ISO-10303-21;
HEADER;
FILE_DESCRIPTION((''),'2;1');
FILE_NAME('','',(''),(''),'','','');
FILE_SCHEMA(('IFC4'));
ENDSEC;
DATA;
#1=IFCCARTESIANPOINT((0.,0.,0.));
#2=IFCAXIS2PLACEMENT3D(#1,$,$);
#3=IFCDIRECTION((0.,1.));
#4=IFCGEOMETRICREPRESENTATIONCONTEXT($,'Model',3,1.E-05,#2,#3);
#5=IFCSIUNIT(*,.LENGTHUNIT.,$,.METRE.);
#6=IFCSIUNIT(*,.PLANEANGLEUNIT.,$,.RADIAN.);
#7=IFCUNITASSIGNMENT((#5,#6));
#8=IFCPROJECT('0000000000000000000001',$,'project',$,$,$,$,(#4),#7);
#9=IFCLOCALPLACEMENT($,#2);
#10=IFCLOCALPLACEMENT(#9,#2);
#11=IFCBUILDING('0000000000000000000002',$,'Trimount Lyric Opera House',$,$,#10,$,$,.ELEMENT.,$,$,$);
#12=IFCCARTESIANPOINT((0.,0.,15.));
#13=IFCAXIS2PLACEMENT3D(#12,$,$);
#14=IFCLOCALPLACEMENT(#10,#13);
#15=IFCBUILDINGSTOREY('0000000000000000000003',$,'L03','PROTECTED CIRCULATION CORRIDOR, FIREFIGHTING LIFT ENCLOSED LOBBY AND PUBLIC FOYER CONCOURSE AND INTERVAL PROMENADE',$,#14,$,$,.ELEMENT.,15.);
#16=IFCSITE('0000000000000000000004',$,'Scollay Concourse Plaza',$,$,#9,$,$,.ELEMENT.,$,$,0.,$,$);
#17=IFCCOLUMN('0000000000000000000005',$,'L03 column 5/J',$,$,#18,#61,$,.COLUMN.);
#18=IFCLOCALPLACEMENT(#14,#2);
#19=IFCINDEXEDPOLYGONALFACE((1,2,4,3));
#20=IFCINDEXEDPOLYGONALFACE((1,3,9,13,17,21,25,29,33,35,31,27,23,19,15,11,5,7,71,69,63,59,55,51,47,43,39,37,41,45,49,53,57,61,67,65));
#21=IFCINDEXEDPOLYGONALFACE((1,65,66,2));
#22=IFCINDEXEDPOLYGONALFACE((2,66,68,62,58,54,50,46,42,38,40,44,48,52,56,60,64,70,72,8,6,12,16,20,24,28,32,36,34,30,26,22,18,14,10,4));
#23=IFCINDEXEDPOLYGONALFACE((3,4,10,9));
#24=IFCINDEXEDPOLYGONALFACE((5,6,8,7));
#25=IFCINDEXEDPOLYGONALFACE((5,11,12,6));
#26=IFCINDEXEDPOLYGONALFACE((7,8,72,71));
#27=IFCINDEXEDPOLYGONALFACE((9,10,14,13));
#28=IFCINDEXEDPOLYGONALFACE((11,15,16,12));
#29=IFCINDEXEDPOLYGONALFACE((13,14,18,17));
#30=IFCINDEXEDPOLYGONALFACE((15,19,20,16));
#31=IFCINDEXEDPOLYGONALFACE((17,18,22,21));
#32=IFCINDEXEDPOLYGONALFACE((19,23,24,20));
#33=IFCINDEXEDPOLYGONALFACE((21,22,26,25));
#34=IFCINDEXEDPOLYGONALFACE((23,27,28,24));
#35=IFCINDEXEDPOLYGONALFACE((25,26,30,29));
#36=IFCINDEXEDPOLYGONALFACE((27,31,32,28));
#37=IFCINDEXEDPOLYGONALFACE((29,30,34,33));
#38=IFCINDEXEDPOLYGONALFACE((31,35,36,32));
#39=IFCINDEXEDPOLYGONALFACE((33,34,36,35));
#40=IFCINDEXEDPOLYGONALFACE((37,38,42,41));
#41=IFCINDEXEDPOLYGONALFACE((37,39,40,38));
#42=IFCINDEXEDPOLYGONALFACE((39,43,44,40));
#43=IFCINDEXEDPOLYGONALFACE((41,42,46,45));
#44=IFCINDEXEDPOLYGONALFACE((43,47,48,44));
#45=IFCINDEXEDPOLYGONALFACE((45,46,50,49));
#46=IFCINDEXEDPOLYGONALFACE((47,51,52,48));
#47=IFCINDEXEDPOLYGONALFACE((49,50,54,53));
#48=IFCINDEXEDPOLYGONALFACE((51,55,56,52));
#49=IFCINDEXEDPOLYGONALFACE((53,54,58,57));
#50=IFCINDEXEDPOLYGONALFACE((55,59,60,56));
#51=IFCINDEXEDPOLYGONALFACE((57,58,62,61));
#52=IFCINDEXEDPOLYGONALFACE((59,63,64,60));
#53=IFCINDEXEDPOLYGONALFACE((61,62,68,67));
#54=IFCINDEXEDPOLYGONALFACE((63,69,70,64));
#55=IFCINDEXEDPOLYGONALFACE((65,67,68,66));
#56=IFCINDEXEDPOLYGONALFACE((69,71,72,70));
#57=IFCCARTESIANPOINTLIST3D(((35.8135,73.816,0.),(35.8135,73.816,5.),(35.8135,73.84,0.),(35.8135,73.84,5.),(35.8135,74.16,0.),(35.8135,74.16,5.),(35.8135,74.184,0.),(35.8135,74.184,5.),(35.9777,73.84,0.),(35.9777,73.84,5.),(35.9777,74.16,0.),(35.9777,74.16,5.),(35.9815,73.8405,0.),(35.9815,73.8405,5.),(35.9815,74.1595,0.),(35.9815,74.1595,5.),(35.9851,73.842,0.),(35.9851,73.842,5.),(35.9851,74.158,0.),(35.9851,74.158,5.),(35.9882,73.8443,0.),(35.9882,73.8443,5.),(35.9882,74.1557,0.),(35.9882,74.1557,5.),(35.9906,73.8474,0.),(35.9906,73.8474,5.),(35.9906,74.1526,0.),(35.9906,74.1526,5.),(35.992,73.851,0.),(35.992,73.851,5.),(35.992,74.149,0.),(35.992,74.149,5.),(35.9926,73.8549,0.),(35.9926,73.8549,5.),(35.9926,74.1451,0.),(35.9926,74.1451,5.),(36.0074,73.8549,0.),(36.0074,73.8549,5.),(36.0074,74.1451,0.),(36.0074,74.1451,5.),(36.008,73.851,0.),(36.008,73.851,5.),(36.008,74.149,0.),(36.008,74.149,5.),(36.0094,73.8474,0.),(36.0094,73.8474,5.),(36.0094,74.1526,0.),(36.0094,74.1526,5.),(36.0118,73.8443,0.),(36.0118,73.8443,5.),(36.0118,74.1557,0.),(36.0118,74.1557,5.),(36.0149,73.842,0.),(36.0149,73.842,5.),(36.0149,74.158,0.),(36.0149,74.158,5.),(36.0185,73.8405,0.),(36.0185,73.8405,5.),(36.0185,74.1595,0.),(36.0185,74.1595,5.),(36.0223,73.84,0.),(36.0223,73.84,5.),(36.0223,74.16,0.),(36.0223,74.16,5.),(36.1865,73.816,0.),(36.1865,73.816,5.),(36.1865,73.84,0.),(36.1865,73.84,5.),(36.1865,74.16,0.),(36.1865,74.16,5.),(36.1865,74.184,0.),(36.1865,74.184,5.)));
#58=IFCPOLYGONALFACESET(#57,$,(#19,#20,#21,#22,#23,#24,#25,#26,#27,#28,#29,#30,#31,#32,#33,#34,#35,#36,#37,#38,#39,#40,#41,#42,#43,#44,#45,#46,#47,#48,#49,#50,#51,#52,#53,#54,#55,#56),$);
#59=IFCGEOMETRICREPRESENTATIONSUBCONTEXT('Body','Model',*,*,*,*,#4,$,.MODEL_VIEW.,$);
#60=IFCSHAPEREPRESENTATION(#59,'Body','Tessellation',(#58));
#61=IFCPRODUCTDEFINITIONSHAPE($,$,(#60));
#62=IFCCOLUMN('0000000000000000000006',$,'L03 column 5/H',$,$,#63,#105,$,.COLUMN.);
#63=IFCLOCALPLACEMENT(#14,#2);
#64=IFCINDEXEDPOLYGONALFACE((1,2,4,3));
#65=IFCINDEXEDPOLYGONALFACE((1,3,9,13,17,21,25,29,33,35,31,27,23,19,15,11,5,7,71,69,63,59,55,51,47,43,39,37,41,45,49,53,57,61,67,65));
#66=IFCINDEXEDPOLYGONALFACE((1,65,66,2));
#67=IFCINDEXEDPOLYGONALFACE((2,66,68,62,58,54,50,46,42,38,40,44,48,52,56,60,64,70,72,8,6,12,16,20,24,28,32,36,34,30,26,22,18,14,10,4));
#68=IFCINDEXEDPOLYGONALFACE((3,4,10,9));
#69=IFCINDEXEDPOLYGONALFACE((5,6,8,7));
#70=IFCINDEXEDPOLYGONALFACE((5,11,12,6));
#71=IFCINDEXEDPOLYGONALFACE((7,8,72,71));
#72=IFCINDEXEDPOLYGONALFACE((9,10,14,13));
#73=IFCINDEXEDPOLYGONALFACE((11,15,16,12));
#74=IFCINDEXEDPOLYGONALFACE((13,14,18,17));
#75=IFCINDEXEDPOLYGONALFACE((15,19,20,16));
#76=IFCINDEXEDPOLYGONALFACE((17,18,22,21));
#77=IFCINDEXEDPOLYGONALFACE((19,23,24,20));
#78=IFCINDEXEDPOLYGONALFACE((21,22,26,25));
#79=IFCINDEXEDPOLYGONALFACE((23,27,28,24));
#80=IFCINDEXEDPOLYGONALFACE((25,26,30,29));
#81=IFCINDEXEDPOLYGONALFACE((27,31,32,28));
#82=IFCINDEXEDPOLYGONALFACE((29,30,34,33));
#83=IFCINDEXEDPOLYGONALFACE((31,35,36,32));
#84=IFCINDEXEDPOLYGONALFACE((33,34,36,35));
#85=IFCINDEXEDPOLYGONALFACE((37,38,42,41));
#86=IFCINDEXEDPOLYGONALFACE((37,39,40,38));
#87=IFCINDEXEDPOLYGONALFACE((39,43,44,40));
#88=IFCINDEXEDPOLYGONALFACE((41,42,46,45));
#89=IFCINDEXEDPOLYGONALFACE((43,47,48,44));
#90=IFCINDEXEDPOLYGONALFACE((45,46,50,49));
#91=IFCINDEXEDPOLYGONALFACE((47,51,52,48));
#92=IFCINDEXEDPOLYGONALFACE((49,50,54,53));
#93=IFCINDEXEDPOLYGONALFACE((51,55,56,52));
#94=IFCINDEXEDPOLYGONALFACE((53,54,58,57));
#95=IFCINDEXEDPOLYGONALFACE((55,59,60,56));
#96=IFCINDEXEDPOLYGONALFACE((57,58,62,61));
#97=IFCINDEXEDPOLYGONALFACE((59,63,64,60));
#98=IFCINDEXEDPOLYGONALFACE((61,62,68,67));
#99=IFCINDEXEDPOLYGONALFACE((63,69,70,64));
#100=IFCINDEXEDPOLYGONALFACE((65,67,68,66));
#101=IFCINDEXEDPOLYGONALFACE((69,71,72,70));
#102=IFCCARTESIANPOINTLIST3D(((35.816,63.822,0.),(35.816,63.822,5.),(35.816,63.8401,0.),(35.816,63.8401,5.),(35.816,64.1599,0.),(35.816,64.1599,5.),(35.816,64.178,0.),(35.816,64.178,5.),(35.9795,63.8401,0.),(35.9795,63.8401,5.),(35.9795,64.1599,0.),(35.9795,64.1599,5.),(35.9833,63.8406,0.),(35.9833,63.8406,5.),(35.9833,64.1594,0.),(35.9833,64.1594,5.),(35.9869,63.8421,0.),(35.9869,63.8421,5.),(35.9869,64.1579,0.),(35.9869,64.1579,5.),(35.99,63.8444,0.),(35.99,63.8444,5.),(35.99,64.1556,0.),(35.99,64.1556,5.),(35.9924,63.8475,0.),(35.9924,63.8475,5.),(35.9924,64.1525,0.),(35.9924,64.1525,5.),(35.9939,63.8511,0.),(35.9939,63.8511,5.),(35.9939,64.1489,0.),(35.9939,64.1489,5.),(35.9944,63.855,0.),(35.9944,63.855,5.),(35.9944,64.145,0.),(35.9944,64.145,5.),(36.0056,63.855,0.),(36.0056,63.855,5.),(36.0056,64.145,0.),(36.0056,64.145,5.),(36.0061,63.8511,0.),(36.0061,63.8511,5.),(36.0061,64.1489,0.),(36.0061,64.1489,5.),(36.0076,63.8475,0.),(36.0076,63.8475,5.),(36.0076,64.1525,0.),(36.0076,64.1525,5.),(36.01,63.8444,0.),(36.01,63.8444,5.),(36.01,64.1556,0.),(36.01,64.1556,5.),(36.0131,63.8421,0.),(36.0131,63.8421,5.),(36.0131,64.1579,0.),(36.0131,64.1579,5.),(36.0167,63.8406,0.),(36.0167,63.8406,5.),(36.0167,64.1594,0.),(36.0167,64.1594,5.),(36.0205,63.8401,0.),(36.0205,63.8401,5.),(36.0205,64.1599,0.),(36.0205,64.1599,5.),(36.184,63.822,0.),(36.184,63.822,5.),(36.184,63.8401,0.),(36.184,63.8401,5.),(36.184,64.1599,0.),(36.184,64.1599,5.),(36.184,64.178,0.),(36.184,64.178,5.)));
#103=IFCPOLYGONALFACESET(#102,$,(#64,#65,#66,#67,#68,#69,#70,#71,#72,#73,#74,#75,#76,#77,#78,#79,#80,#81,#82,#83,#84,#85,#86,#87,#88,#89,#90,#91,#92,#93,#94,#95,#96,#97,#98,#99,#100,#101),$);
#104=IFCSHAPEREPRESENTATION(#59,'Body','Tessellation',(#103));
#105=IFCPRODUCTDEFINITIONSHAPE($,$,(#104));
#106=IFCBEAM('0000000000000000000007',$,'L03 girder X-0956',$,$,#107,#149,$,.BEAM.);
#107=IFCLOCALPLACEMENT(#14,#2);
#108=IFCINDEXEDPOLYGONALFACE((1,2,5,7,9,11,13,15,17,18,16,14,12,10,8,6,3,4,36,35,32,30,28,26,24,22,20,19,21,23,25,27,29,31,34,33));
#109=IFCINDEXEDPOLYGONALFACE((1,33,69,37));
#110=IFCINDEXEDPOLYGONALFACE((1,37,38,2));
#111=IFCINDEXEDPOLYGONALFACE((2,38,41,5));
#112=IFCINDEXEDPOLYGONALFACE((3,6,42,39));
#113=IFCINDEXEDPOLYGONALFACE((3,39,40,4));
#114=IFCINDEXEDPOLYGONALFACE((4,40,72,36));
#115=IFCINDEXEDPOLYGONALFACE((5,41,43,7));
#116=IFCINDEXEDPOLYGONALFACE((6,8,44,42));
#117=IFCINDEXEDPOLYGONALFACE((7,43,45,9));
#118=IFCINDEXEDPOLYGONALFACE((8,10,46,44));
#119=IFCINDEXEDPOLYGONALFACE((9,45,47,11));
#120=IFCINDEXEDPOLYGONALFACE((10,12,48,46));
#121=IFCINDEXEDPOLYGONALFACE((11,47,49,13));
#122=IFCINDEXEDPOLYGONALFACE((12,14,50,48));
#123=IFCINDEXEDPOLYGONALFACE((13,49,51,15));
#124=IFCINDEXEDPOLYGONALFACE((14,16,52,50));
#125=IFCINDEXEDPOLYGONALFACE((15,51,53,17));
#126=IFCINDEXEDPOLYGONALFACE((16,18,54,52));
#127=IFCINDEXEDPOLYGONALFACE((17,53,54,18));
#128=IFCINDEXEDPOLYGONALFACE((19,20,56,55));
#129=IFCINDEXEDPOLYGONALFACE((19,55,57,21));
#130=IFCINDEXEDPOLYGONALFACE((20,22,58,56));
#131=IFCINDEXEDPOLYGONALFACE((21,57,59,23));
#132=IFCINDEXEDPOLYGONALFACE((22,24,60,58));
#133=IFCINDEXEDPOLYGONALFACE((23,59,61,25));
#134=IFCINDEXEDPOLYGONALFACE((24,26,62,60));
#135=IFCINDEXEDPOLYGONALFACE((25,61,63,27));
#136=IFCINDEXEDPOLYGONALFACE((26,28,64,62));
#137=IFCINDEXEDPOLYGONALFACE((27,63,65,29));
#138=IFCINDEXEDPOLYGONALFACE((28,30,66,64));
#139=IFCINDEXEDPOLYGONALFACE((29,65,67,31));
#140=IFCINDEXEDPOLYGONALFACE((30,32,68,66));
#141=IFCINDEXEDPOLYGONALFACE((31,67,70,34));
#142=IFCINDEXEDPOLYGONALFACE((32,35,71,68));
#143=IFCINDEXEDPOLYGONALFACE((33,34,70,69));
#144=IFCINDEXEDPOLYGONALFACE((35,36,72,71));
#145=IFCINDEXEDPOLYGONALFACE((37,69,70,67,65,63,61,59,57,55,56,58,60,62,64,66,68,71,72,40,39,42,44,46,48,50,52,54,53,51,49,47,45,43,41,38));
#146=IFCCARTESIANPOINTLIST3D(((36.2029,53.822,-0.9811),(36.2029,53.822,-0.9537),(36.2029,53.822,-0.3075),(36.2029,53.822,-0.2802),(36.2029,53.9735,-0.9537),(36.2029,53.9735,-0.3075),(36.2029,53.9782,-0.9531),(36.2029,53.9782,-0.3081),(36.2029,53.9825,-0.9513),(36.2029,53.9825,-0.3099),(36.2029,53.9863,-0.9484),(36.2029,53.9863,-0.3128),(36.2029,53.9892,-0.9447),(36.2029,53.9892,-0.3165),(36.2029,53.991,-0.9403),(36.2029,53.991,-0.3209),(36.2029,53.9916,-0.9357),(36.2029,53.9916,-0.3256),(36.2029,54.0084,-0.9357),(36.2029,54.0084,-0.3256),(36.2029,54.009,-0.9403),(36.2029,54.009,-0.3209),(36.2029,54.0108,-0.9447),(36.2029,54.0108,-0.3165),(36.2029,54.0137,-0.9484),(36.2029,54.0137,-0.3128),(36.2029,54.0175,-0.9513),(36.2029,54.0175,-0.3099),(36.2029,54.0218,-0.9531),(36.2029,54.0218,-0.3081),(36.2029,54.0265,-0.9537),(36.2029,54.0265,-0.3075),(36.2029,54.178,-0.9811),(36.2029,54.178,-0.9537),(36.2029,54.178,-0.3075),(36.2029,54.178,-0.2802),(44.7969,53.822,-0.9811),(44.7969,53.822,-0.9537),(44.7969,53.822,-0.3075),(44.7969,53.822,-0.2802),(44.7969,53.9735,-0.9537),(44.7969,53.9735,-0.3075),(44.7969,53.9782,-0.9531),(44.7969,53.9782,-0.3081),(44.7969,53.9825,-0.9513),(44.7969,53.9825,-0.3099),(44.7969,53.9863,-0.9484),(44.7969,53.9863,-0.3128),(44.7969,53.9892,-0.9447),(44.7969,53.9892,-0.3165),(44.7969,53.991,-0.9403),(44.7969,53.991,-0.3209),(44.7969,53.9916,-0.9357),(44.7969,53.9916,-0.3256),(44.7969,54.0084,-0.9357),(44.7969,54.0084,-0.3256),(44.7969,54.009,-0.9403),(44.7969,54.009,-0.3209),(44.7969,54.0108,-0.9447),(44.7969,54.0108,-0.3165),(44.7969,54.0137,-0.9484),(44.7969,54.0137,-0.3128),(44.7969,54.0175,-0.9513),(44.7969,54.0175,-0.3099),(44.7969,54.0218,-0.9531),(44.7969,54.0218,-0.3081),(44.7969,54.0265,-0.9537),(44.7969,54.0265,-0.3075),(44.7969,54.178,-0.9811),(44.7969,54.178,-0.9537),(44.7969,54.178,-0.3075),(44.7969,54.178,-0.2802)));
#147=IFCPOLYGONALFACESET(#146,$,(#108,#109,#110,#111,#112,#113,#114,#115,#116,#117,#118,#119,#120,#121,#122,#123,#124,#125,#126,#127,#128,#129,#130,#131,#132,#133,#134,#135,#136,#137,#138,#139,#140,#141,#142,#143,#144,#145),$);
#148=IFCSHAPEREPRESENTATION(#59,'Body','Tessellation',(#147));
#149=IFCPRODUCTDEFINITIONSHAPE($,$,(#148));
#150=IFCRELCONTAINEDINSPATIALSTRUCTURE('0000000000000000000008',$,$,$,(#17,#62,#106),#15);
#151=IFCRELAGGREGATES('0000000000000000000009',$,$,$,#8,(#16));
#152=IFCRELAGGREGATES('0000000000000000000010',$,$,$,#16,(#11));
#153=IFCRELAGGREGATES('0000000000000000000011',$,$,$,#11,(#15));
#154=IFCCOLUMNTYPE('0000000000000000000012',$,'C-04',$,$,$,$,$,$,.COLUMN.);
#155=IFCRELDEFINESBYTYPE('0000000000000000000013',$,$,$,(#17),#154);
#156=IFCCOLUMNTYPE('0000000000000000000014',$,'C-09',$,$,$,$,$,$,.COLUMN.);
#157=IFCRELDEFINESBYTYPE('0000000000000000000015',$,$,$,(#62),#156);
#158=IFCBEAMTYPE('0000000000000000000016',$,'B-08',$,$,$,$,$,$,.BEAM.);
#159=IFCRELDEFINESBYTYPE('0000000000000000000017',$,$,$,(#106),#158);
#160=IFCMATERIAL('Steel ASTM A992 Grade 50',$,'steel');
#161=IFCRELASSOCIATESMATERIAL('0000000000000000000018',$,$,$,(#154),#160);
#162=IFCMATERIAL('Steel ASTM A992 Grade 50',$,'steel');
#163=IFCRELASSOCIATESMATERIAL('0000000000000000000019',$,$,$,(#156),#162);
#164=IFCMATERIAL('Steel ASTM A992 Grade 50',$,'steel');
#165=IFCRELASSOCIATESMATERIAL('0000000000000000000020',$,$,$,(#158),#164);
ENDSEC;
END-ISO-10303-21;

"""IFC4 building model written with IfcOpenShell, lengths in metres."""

from ifc_helpers import new_model, si_unit, direction, frame, origin, origin_2d, place, context, subcontext, project, spatial, i_section, extrude, material, material_profile, profile_set, type_object, element, save


model = new_model("IFC4")

# Units and contexts
model_context = context("Model", 3, precision=1e-05, world=origin(), true_north=direction((0.0, 1.0)))
body_context = subcontext(model_context, "Body", "Model", "MODEL_VIEW")
ifc_project = project(units=[si_unit("LENGTHUNIT", "METRE"), si_unit("PLANEANGLEUNIT", "RADIAN")], contexts=[model_context])

# Site, building, storey
site_placement = place(None, origin())
site = spatial("IfcSite", under=ifc_project, at=site_placement, Name="Scollay Concourse Plaza", CompositionType="ELEMENT", RefElevation=0.0)
building_placement = place(site_placement, origin())
building = spatial("IfcBuilding", under=site, at=building_placement, Name="Trimount Lyric Opera House", CompositionType="ELEMENT")
storey_placement = place(building_placement, frame((0.0, 0.0, 15.0)))
storey = spatial("IfcBuildingStorey", under=building, at=storey_placement, Name="L03", Description="PROTECTED CIRCULATION CORRIDOR, FIREFIGHTING LIFT ENCLOSED LOBBY AND PUBLIC FOYER CONCOURSE AND INTERVAL PROMENADE", CompositionType="ELEMENT", Elevation=15.0)

# Columns
ifc_material_1 = material(Name="Steel ASTM A992 Grade 50", Category="steel")
ifc_material_profile_1 = material_profile(ifc_material_1, i_section(OverallWidth=0.373, OverallDepth=0.3679, WebThickness=0.0149, FlangeThickness=0.0239, FilletRadius=0.0149, at=origin_2d()), Name="W14X120")
ifc_profile_set_1 = profile_set([ifc_material_profile_1], Name="Steel ASTM A992 Grade 50")
column_type_1 = type_object("IfcColumnType", Name="C-04", PredefinedType="COLUMN", material=ifc_profile_set_1)
column_1_placement = place(storey_placement, frame((36.0, 74.0, 0.0), z_axis=(0.0, 0.0, 1.0), x_axis=(1.0, 0.0, 0.0)))
element("IfcColumn", 1, at=column_1_placement, inside=storey, type_object=column_type_1, Name="L03 column 5/J", PredefinedType="COLUMN", context=body_context, shape_type="SweptSolid", body=[
    extrude(i_section(OverallWidth=0.373, OverallDepth=0.3679, WebThickness=0.0149, FlangeThickness=0.0239, FilletRadius=0.0149, at=origin_2d()), origin(), (0.0, 0.0, 1.0), 5.0),
])
ifc_material_2 = material(Name="Steel ASTM A992 Grade 50", Category="steel")
ifc_material_profile_2 = material_profile(ifc_material_2, i_section(OverallWidth=0.3679, OverallDepth=0.356, WebThickness=0.0112, FlangeThickness=0.0181, FilletRadius=0.0149, at=origin_2d()), Name="W14X90")
ifc_profile_set_2 = profile_set([ifc_material_profile_2], Name="Steel ASTM A992 Grade 50")
column_type_2 = type_object("IfcColumnType", Name="C-09", PredefinedType="COLUMN", material=ifc_profile_set_2)
column_2_placement = place(storey_placement, frame((36.0, 64.0, 0.0), z_axis=(0.0, 0.0, 1.0), x_axis=(1.0, 0.0, 0.0)))
element("IfcColumn", 2, at=column_2_placement, inside=storey, type_object=column_type_2, Name="L03 column 5/H", PredefinedType="COLUMN", context=body_context, shape_type="SweptSolid", body=[
    extrude(i_section(OverallWidth=0.3679, OverallDepth=0.356, WebThickness=0.0112, FlangeThickness=0.0181, FilletRadius=0.0149, at=origin_2d()), origin(), (0.0, 0.0, 1.0), 5.0),
])

# Beam
ifc_material_3 = material(Name="Steel ASTM A992 Grade 50", Category="steel")
ifc_material_profile_3 = material_profile(ifc_material_3, i_section(OverallWidth=0.356, OverallDepth=0.7009, WebThickness=0.0168, FlangeThickness=0.0273, FilletRadius=0.0181, at=origin_2d()), Name="W27X161")
ifc_profile_set_3 = profile_set([ifc_material_profile_3], Name="Steel ASTM A992 Grade 50")
beam_type_1 = type_object("IfcBeamType", Name="B-08", PredefinedType="BEAM", material=ifc_profile_set_3)
beam_1_placement = place(storey_placement, frame((36.2029, 54.0, -0.6306), z_axis=(1.0, 0.0, 0.0), x_axis=(0.0, 1.0, 0.0)))
element("IfcBeam", 3, at=beam_1_placement, inside=storey, type_object=beam_type_1, Name="L03 girder X-0956", PredefinedType="BEAM", context=body_context, shape_type="SweptSolid", body=[
    extrude(i_section(OverallWidth=0.356, OverallDepth=0.7009, WebThickness=0.0168, FlangeThickness=0.0273, FilletRadius=0.0181, at=origin_2d()), origin(), (0.0, 0.0, 1.0), 8.594),
])

save(model, "model.ifc")
